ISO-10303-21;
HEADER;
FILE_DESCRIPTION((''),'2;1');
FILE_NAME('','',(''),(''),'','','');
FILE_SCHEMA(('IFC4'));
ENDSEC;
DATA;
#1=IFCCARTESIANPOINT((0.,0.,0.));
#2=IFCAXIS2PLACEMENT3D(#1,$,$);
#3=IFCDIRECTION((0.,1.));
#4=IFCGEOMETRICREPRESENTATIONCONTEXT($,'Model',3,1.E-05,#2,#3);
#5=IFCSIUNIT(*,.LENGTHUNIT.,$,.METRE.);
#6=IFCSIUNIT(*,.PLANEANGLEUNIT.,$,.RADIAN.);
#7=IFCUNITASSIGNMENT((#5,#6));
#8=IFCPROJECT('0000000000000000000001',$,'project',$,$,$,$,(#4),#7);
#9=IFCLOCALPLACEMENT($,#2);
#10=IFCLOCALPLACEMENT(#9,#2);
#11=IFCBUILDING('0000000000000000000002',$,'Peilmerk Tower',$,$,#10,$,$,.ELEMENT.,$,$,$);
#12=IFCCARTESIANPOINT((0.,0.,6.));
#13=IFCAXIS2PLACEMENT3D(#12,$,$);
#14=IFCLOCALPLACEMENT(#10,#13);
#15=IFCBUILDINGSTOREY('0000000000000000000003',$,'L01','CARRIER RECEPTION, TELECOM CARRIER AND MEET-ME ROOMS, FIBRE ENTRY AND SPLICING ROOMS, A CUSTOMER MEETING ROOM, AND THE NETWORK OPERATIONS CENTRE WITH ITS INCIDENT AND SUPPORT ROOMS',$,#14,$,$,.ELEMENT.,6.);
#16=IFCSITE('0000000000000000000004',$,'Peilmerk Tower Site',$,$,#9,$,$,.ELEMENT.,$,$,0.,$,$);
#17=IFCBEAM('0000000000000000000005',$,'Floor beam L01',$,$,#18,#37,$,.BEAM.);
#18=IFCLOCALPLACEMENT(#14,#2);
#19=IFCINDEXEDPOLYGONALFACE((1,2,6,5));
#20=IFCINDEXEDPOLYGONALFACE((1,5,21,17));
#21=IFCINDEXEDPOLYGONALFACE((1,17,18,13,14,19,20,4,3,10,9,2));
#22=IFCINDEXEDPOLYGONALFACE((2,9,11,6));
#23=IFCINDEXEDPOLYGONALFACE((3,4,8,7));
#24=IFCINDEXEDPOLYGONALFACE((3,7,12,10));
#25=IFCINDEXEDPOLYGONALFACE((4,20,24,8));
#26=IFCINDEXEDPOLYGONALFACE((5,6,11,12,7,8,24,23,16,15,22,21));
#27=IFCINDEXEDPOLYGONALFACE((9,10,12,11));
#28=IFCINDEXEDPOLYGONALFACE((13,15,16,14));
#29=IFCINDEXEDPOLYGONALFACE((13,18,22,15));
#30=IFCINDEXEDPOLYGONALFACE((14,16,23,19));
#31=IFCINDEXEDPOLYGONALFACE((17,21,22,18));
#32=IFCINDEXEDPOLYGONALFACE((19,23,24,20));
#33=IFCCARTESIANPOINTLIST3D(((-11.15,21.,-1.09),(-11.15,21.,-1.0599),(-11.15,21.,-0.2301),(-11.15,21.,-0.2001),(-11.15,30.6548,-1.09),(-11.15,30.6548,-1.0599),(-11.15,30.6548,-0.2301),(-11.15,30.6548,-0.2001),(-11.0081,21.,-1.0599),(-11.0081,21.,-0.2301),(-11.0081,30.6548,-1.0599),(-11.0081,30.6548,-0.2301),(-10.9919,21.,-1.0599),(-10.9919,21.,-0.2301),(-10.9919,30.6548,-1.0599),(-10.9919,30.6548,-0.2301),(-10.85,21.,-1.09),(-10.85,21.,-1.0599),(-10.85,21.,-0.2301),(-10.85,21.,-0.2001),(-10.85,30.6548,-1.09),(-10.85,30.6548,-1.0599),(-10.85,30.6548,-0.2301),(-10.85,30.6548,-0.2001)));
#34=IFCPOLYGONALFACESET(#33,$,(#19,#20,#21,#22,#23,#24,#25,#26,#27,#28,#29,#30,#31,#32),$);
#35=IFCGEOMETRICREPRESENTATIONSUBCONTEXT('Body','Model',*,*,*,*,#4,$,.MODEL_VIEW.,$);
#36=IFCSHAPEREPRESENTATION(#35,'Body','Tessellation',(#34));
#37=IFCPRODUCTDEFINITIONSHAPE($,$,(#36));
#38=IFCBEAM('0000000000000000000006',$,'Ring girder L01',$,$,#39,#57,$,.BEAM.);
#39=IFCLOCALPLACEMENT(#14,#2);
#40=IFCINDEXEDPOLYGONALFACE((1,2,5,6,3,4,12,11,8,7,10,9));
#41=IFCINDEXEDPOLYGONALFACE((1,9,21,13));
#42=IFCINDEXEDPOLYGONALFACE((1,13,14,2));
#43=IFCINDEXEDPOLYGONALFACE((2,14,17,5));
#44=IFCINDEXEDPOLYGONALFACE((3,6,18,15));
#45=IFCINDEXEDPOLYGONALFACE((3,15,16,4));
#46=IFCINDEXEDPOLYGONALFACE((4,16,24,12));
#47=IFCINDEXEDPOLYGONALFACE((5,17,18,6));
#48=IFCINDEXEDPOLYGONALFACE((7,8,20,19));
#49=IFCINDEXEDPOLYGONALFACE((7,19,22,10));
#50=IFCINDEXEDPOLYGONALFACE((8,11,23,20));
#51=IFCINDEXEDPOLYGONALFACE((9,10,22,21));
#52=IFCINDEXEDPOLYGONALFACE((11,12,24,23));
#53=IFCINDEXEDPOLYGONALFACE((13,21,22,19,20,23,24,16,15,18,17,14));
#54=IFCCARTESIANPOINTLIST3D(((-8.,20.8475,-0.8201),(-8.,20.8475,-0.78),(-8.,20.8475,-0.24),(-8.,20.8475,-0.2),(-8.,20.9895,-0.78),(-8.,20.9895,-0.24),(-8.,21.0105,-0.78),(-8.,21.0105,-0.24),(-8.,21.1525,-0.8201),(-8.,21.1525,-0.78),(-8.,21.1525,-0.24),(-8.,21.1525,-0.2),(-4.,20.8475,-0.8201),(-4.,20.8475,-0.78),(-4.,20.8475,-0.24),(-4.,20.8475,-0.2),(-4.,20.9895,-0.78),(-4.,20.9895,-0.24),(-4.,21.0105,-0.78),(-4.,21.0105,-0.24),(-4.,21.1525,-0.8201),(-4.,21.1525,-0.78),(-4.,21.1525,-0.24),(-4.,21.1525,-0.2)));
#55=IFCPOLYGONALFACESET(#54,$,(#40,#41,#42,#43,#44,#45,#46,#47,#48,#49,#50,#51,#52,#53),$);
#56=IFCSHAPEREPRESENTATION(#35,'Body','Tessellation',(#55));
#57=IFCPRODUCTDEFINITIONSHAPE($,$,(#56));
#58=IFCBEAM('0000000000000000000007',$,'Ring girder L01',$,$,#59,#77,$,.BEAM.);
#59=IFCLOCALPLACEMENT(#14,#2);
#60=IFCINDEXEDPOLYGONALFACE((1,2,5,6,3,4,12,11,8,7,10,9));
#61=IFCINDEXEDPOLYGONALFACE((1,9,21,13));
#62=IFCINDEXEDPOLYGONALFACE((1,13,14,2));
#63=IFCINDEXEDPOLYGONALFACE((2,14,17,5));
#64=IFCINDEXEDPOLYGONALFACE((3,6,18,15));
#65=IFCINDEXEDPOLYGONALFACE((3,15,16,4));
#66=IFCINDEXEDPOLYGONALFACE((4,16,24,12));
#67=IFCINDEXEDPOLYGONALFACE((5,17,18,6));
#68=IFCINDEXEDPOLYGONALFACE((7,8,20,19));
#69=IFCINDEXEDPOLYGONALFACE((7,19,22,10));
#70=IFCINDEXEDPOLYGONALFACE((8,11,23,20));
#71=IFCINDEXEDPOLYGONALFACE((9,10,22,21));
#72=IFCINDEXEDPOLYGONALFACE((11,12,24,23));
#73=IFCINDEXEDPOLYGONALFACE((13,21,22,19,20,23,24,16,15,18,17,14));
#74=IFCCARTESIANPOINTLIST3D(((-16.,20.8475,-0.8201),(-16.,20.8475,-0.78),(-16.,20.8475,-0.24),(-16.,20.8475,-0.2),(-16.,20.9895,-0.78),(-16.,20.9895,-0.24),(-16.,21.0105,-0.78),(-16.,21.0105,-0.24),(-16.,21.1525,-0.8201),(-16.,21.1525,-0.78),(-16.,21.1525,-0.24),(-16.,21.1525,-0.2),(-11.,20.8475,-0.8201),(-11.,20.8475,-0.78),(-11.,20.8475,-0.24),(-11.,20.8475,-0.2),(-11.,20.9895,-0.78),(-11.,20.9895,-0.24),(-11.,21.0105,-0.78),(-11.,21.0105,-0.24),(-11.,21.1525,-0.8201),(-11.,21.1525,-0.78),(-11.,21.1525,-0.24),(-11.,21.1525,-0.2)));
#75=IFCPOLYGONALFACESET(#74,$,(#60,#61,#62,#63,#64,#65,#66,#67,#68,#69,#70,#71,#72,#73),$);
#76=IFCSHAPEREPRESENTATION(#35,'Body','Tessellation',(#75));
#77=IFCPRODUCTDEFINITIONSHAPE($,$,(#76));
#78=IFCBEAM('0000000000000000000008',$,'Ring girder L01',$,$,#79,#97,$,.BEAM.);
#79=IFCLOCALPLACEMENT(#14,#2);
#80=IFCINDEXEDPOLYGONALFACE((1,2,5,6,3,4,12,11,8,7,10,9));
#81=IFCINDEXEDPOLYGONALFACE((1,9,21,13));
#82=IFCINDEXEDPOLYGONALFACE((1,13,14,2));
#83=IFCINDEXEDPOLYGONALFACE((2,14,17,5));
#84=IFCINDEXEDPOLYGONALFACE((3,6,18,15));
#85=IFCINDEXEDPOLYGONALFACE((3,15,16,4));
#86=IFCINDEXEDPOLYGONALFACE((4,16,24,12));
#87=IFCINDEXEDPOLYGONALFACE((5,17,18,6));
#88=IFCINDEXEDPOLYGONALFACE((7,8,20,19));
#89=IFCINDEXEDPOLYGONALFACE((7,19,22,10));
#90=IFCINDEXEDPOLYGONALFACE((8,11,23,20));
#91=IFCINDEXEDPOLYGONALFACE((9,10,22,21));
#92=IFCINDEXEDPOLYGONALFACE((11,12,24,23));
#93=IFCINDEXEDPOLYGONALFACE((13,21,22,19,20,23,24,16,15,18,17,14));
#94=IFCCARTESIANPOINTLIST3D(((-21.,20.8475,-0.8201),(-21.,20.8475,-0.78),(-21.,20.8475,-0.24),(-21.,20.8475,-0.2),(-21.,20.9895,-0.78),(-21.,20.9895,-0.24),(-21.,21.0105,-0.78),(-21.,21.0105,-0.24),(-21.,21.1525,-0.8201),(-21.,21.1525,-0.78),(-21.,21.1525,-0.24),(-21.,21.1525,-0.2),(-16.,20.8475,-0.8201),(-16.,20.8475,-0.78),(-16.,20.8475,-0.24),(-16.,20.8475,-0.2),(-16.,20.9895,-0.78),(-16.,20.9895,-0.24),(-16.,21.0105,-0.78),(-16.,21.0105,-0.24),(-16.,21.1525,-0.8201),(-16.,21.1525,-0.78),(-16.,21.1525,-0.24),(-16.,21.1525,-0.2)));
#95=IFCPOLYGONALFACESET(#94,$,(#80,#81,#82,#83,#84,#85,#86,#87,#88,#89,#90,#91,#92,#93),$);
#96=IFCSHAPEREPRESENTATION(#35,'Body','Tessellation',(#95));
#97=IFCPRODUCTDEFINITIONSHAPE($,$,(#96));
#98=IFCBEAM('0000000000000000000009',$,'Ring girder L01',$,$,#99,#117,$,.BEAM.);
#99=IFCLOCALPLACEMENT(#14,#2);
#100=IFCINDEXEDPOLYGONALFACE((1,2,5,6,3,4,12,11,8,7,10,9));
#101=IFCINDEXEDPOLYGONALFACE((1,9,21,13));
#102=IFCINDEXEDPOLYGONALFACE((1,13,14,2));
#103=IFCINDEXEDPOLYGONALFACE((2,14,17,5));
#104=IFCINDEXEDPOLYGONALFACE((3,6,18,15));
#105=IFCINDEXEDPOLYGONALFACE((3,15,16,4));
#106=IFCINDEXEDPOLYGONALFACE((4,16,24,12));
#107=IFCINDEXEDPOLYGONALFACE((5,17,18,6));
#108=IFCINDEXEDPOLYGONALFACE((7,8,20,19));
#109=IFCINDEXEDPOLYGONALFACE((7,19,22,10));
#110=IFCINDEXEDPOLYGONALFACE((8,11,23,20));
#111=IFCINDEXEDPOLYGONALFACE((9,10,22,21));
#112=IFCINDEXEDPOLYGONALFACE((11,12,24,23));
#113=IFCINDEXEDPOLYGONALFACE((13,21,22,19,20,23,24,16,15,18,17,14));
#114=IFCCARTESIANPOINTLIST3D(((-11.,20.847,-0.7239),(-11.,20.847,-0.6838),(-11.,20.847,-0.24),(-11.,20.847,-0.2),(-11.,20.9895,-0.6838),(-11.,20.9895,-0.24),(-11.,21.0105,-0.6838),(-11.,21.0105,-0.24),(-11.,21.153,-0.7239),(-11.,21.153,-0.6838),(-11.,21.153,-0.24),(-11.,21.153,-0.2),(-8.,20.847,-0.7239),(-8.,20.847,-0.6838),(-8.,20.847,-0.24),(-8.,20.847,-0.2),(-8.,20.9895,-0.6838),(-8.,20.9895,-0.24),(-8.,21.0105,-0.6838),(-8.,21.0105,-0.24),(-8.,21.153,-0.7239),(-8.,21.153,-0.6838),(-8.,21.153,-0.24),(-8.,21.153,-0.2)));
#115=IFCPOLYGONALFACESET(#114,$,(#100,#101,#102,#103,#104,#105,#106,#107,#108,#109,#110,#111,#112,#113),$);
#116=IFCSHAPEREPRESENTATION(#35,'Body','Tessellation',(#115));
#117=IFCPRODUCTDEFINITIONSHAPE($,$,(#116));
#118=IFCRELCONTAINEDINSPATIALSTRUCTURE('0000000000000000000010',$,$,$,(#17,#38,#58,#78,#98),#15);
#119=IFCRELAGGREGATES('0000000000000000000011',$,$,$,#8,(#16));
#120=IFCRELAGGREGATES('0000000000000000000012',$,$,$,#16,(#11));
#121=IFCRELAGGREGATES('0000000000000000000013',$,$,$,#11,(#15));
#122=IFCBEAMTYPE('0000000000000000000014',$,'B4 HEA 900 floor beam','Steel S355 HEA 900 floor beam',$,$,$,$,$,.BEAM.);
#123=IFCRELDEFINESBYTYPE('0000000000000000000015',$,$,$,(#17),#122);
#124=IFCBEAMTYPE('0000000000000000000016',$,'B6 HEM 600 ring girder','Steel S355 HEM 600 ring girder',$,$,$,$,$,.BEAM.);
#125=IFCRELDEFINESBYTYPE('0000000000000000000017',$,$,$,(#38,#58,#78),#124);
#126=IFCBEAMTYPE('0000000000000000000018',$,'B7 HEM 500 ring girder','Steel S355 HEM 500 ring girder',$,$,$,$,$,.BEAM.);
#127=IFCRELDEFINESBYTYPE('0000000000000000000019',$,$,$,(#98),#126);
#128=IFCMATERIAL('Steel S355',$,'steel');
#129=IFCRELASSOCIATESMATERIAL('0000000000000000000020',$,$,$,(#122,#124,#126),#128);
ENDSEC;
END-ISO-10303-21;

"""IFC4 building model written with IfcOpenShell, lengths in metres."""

from ifc_helpers import new_model, si_unit, direction, frame, origin, origin_2d, place, context, subcontext, project, spatial, i_section, extrude, material, material_profile, profile_set, type_object, element, save


model = new_model("IFC4")

# Units and contexts
model_context = context("Model", 3, precision=1e-05, world=origin(), true_north=direction((0.0, 1.0)))
body_context = subcontext(model_context, "Body", "Model", "MODEL_VIEW")
ifc_project = project(units=[si_unit("LENGTHUNIT", "METRE"), si_unit("PLANEANGLEUNIT", "RADIAN")], contexts=[model_context])

# Site, building, storey
site_placement = place(None, origin())
site = spatial("IfcSite", under=ifc_project, at=site_placement, Name="Peilmerk Tower Site", CompositionType="ELEMENT", RefElevation=0.0)
building_placement = place(site_placement, origin())
building = spatial("IfcBuilding", under=site, at=building_placement, Name="Peilmerk Tower", CompositionType="ELEMENT")
storey_placement = place(building_placement, frame((0.0, 0.0, 6.0)))
storey = spatial("IfcBuildingStorey", under=building, at=storey_placement, Name="L01", Description="CARRIER RECEPTION, TELECOM CARRIER AND MEET-ME ROOMS, FIBRE ENTRY AND SPLICING ROOMS, A CUSTOMER MEETING ROOM, AND THE NETWORK OPERATIONS CENTRE WITH ITS INCIDENT AND SUPPORT ROOMS", CompositionType="ELEMENT", Elevation=6.0)

# Beams
ifc_material_1 = material(Name="Steel S355", Category="steel")
ifc_material_profile_1 = material_profile(ifc_material_1, i_section(OverallWidth=0.3, OverallDepth=0.8899, WebThickness=0.0161, FlangeThickness=0.03, at=origin_2d()), Name="HEA 900")
ifc_profile_set_1 = profile_set([ifc_material_profile_1], Name="Steel S355")
beam_type_1 = type_object("IfcBeamType", Name="B4 HEA 900 floor beam", Description="Steel S355 HEA 900 floor beam", PredefinedType="BEAM", material=ifc_profile_set_1)
for number, where, z_axis, x_axis, name in (
    (1, (-11.0, 21.0, -0.645), (0.0, 1.0, 0.0), (-1.0, 0.0, 0.0), "Floor beam L01"),
):
    element("IfcBeam", number, at=place(storey_placement, frame(where, z_axis=z_axis, x_axis=x_axis)), inside=storey, type_object=beam_type_1, Name=name, PredefinedType="BEAM", context=body_context, shape_type="SweptSolid", body=[
        extrude(i_section(OverallWidth=0.3, OverallDepth=0.8899, WebThickness=0.0161, FlangeThickness=0.03, at=origin_2d()), origin(), (0.0, 0.0, 1.0), 9.6548),
    ])
ifc_material_profile_2 = material_profile(ifc_material_1, i_section(OverallWidth=0.3049, OverallDepth=0.6201, WebThickness=0.021, FlangeThickness=0.04, at=origin_2d()), Name="HEM 600")
ifc_profile_set_2 = profile_set([ifc_material_profile_2], Name="Steel S355")
beam_type_2 = type_object("IfcBeamType", Name="B6 HEM 600 ring girder", Description="Steel S355 HEM 600 ring girder", PredefinedType="BEAM", material=ifc_profile_set_2)
beam_1_placement = place(storey_placement, frame((-4.0, 21.0, -0.51), z_axis=(-1.0, 0.0, 0.0), x_axis=(0.0, -1.0, 0.0)))
element("IfcBeam", 2, at=beam_1_placement, inside=storey, type_object=beam_type_2, Name="Ring girder L01", PredefinedType="BEAM", context=body_context, shape_type="SweptSolid", body=[
    extrude(i_section(OverallWidth=0.3049, OverallDepth=0.6201, WebThickness=0.021, FlangeThickness=0.04, at=origin_2d()), origin(), (0.0, 0.0, 1.0), 4.0),
])
for number, where, z_axis, x_axis, name in (
    (3, (-11.0, 21.0, -0.51), (-1.0, 0.0, 0.0), (0.0, -1.0, 0.0), "Ring girder L01"),
    (4, (-16.0, 21.0, -0.51), (-1.0, 0.0, 0.0), (0.0, -1.0, 0.0), "Ring girder L01"),
):
    element("IfcBeam", number, at=place(storey_placement, frame(where, z_axis=z_axis, x_axis=x_axis)), inside=storey, type_object=beam_type_2, Name=name, PredefinedType="BEAM", context=body_context, shape_type="SweptSolid", body=[
        extrude(i_section(OverallWidth=0.3049, OverallDepth=0.6201, WebThickness=0.021, FlangeThickness=0.04, at=origin_2d()), origin(), (0.0, 0.0, 1.0), 5.0),
    ])
ifc_material_profile_3 = material_profile(ifc_material_1, i_section(OverallWidth=0.3059, OverallDepth=0.5239, WebThickness=0.021, FlangeThickness=0.04, at=origin_2d()), Name="HEM 500")
ifc_profile_set_3 = profile_set([ifc_material_profile_3], Name="Steel S355")
beam_type_3 = type_object("IfcBeamType", Name="B7 HEM 500 ring girder", Description="Steel S355 HEM 500 ring girder", PredefinedType="BEAM", material=ifc_profile_set_3)
beam_2_placement = place(storey_placement, frame((-8.0, 21.0, -0.4619), z_axis=(-1.0, 0.0, 0.0), x_axis=(0.0, -1.0, 0.0)))
element("IfcBeam", 5, at=beam_2_placement, inside=storey, type_object=beam_type_3, Name="Ring girder L01", PredefinedType="BEAM", context=body_context, shape_type="SweptSolid", body=[
    extrude(i_section(OverallWidth=0.3059, OverallDepth=0.5239, WebThickness=0.021, FlangeThickness=0.04, at=origin_2d()), origin(), (0.0, 0.0, 1.0), 3.0),
])

save(model, "model.ifc")
